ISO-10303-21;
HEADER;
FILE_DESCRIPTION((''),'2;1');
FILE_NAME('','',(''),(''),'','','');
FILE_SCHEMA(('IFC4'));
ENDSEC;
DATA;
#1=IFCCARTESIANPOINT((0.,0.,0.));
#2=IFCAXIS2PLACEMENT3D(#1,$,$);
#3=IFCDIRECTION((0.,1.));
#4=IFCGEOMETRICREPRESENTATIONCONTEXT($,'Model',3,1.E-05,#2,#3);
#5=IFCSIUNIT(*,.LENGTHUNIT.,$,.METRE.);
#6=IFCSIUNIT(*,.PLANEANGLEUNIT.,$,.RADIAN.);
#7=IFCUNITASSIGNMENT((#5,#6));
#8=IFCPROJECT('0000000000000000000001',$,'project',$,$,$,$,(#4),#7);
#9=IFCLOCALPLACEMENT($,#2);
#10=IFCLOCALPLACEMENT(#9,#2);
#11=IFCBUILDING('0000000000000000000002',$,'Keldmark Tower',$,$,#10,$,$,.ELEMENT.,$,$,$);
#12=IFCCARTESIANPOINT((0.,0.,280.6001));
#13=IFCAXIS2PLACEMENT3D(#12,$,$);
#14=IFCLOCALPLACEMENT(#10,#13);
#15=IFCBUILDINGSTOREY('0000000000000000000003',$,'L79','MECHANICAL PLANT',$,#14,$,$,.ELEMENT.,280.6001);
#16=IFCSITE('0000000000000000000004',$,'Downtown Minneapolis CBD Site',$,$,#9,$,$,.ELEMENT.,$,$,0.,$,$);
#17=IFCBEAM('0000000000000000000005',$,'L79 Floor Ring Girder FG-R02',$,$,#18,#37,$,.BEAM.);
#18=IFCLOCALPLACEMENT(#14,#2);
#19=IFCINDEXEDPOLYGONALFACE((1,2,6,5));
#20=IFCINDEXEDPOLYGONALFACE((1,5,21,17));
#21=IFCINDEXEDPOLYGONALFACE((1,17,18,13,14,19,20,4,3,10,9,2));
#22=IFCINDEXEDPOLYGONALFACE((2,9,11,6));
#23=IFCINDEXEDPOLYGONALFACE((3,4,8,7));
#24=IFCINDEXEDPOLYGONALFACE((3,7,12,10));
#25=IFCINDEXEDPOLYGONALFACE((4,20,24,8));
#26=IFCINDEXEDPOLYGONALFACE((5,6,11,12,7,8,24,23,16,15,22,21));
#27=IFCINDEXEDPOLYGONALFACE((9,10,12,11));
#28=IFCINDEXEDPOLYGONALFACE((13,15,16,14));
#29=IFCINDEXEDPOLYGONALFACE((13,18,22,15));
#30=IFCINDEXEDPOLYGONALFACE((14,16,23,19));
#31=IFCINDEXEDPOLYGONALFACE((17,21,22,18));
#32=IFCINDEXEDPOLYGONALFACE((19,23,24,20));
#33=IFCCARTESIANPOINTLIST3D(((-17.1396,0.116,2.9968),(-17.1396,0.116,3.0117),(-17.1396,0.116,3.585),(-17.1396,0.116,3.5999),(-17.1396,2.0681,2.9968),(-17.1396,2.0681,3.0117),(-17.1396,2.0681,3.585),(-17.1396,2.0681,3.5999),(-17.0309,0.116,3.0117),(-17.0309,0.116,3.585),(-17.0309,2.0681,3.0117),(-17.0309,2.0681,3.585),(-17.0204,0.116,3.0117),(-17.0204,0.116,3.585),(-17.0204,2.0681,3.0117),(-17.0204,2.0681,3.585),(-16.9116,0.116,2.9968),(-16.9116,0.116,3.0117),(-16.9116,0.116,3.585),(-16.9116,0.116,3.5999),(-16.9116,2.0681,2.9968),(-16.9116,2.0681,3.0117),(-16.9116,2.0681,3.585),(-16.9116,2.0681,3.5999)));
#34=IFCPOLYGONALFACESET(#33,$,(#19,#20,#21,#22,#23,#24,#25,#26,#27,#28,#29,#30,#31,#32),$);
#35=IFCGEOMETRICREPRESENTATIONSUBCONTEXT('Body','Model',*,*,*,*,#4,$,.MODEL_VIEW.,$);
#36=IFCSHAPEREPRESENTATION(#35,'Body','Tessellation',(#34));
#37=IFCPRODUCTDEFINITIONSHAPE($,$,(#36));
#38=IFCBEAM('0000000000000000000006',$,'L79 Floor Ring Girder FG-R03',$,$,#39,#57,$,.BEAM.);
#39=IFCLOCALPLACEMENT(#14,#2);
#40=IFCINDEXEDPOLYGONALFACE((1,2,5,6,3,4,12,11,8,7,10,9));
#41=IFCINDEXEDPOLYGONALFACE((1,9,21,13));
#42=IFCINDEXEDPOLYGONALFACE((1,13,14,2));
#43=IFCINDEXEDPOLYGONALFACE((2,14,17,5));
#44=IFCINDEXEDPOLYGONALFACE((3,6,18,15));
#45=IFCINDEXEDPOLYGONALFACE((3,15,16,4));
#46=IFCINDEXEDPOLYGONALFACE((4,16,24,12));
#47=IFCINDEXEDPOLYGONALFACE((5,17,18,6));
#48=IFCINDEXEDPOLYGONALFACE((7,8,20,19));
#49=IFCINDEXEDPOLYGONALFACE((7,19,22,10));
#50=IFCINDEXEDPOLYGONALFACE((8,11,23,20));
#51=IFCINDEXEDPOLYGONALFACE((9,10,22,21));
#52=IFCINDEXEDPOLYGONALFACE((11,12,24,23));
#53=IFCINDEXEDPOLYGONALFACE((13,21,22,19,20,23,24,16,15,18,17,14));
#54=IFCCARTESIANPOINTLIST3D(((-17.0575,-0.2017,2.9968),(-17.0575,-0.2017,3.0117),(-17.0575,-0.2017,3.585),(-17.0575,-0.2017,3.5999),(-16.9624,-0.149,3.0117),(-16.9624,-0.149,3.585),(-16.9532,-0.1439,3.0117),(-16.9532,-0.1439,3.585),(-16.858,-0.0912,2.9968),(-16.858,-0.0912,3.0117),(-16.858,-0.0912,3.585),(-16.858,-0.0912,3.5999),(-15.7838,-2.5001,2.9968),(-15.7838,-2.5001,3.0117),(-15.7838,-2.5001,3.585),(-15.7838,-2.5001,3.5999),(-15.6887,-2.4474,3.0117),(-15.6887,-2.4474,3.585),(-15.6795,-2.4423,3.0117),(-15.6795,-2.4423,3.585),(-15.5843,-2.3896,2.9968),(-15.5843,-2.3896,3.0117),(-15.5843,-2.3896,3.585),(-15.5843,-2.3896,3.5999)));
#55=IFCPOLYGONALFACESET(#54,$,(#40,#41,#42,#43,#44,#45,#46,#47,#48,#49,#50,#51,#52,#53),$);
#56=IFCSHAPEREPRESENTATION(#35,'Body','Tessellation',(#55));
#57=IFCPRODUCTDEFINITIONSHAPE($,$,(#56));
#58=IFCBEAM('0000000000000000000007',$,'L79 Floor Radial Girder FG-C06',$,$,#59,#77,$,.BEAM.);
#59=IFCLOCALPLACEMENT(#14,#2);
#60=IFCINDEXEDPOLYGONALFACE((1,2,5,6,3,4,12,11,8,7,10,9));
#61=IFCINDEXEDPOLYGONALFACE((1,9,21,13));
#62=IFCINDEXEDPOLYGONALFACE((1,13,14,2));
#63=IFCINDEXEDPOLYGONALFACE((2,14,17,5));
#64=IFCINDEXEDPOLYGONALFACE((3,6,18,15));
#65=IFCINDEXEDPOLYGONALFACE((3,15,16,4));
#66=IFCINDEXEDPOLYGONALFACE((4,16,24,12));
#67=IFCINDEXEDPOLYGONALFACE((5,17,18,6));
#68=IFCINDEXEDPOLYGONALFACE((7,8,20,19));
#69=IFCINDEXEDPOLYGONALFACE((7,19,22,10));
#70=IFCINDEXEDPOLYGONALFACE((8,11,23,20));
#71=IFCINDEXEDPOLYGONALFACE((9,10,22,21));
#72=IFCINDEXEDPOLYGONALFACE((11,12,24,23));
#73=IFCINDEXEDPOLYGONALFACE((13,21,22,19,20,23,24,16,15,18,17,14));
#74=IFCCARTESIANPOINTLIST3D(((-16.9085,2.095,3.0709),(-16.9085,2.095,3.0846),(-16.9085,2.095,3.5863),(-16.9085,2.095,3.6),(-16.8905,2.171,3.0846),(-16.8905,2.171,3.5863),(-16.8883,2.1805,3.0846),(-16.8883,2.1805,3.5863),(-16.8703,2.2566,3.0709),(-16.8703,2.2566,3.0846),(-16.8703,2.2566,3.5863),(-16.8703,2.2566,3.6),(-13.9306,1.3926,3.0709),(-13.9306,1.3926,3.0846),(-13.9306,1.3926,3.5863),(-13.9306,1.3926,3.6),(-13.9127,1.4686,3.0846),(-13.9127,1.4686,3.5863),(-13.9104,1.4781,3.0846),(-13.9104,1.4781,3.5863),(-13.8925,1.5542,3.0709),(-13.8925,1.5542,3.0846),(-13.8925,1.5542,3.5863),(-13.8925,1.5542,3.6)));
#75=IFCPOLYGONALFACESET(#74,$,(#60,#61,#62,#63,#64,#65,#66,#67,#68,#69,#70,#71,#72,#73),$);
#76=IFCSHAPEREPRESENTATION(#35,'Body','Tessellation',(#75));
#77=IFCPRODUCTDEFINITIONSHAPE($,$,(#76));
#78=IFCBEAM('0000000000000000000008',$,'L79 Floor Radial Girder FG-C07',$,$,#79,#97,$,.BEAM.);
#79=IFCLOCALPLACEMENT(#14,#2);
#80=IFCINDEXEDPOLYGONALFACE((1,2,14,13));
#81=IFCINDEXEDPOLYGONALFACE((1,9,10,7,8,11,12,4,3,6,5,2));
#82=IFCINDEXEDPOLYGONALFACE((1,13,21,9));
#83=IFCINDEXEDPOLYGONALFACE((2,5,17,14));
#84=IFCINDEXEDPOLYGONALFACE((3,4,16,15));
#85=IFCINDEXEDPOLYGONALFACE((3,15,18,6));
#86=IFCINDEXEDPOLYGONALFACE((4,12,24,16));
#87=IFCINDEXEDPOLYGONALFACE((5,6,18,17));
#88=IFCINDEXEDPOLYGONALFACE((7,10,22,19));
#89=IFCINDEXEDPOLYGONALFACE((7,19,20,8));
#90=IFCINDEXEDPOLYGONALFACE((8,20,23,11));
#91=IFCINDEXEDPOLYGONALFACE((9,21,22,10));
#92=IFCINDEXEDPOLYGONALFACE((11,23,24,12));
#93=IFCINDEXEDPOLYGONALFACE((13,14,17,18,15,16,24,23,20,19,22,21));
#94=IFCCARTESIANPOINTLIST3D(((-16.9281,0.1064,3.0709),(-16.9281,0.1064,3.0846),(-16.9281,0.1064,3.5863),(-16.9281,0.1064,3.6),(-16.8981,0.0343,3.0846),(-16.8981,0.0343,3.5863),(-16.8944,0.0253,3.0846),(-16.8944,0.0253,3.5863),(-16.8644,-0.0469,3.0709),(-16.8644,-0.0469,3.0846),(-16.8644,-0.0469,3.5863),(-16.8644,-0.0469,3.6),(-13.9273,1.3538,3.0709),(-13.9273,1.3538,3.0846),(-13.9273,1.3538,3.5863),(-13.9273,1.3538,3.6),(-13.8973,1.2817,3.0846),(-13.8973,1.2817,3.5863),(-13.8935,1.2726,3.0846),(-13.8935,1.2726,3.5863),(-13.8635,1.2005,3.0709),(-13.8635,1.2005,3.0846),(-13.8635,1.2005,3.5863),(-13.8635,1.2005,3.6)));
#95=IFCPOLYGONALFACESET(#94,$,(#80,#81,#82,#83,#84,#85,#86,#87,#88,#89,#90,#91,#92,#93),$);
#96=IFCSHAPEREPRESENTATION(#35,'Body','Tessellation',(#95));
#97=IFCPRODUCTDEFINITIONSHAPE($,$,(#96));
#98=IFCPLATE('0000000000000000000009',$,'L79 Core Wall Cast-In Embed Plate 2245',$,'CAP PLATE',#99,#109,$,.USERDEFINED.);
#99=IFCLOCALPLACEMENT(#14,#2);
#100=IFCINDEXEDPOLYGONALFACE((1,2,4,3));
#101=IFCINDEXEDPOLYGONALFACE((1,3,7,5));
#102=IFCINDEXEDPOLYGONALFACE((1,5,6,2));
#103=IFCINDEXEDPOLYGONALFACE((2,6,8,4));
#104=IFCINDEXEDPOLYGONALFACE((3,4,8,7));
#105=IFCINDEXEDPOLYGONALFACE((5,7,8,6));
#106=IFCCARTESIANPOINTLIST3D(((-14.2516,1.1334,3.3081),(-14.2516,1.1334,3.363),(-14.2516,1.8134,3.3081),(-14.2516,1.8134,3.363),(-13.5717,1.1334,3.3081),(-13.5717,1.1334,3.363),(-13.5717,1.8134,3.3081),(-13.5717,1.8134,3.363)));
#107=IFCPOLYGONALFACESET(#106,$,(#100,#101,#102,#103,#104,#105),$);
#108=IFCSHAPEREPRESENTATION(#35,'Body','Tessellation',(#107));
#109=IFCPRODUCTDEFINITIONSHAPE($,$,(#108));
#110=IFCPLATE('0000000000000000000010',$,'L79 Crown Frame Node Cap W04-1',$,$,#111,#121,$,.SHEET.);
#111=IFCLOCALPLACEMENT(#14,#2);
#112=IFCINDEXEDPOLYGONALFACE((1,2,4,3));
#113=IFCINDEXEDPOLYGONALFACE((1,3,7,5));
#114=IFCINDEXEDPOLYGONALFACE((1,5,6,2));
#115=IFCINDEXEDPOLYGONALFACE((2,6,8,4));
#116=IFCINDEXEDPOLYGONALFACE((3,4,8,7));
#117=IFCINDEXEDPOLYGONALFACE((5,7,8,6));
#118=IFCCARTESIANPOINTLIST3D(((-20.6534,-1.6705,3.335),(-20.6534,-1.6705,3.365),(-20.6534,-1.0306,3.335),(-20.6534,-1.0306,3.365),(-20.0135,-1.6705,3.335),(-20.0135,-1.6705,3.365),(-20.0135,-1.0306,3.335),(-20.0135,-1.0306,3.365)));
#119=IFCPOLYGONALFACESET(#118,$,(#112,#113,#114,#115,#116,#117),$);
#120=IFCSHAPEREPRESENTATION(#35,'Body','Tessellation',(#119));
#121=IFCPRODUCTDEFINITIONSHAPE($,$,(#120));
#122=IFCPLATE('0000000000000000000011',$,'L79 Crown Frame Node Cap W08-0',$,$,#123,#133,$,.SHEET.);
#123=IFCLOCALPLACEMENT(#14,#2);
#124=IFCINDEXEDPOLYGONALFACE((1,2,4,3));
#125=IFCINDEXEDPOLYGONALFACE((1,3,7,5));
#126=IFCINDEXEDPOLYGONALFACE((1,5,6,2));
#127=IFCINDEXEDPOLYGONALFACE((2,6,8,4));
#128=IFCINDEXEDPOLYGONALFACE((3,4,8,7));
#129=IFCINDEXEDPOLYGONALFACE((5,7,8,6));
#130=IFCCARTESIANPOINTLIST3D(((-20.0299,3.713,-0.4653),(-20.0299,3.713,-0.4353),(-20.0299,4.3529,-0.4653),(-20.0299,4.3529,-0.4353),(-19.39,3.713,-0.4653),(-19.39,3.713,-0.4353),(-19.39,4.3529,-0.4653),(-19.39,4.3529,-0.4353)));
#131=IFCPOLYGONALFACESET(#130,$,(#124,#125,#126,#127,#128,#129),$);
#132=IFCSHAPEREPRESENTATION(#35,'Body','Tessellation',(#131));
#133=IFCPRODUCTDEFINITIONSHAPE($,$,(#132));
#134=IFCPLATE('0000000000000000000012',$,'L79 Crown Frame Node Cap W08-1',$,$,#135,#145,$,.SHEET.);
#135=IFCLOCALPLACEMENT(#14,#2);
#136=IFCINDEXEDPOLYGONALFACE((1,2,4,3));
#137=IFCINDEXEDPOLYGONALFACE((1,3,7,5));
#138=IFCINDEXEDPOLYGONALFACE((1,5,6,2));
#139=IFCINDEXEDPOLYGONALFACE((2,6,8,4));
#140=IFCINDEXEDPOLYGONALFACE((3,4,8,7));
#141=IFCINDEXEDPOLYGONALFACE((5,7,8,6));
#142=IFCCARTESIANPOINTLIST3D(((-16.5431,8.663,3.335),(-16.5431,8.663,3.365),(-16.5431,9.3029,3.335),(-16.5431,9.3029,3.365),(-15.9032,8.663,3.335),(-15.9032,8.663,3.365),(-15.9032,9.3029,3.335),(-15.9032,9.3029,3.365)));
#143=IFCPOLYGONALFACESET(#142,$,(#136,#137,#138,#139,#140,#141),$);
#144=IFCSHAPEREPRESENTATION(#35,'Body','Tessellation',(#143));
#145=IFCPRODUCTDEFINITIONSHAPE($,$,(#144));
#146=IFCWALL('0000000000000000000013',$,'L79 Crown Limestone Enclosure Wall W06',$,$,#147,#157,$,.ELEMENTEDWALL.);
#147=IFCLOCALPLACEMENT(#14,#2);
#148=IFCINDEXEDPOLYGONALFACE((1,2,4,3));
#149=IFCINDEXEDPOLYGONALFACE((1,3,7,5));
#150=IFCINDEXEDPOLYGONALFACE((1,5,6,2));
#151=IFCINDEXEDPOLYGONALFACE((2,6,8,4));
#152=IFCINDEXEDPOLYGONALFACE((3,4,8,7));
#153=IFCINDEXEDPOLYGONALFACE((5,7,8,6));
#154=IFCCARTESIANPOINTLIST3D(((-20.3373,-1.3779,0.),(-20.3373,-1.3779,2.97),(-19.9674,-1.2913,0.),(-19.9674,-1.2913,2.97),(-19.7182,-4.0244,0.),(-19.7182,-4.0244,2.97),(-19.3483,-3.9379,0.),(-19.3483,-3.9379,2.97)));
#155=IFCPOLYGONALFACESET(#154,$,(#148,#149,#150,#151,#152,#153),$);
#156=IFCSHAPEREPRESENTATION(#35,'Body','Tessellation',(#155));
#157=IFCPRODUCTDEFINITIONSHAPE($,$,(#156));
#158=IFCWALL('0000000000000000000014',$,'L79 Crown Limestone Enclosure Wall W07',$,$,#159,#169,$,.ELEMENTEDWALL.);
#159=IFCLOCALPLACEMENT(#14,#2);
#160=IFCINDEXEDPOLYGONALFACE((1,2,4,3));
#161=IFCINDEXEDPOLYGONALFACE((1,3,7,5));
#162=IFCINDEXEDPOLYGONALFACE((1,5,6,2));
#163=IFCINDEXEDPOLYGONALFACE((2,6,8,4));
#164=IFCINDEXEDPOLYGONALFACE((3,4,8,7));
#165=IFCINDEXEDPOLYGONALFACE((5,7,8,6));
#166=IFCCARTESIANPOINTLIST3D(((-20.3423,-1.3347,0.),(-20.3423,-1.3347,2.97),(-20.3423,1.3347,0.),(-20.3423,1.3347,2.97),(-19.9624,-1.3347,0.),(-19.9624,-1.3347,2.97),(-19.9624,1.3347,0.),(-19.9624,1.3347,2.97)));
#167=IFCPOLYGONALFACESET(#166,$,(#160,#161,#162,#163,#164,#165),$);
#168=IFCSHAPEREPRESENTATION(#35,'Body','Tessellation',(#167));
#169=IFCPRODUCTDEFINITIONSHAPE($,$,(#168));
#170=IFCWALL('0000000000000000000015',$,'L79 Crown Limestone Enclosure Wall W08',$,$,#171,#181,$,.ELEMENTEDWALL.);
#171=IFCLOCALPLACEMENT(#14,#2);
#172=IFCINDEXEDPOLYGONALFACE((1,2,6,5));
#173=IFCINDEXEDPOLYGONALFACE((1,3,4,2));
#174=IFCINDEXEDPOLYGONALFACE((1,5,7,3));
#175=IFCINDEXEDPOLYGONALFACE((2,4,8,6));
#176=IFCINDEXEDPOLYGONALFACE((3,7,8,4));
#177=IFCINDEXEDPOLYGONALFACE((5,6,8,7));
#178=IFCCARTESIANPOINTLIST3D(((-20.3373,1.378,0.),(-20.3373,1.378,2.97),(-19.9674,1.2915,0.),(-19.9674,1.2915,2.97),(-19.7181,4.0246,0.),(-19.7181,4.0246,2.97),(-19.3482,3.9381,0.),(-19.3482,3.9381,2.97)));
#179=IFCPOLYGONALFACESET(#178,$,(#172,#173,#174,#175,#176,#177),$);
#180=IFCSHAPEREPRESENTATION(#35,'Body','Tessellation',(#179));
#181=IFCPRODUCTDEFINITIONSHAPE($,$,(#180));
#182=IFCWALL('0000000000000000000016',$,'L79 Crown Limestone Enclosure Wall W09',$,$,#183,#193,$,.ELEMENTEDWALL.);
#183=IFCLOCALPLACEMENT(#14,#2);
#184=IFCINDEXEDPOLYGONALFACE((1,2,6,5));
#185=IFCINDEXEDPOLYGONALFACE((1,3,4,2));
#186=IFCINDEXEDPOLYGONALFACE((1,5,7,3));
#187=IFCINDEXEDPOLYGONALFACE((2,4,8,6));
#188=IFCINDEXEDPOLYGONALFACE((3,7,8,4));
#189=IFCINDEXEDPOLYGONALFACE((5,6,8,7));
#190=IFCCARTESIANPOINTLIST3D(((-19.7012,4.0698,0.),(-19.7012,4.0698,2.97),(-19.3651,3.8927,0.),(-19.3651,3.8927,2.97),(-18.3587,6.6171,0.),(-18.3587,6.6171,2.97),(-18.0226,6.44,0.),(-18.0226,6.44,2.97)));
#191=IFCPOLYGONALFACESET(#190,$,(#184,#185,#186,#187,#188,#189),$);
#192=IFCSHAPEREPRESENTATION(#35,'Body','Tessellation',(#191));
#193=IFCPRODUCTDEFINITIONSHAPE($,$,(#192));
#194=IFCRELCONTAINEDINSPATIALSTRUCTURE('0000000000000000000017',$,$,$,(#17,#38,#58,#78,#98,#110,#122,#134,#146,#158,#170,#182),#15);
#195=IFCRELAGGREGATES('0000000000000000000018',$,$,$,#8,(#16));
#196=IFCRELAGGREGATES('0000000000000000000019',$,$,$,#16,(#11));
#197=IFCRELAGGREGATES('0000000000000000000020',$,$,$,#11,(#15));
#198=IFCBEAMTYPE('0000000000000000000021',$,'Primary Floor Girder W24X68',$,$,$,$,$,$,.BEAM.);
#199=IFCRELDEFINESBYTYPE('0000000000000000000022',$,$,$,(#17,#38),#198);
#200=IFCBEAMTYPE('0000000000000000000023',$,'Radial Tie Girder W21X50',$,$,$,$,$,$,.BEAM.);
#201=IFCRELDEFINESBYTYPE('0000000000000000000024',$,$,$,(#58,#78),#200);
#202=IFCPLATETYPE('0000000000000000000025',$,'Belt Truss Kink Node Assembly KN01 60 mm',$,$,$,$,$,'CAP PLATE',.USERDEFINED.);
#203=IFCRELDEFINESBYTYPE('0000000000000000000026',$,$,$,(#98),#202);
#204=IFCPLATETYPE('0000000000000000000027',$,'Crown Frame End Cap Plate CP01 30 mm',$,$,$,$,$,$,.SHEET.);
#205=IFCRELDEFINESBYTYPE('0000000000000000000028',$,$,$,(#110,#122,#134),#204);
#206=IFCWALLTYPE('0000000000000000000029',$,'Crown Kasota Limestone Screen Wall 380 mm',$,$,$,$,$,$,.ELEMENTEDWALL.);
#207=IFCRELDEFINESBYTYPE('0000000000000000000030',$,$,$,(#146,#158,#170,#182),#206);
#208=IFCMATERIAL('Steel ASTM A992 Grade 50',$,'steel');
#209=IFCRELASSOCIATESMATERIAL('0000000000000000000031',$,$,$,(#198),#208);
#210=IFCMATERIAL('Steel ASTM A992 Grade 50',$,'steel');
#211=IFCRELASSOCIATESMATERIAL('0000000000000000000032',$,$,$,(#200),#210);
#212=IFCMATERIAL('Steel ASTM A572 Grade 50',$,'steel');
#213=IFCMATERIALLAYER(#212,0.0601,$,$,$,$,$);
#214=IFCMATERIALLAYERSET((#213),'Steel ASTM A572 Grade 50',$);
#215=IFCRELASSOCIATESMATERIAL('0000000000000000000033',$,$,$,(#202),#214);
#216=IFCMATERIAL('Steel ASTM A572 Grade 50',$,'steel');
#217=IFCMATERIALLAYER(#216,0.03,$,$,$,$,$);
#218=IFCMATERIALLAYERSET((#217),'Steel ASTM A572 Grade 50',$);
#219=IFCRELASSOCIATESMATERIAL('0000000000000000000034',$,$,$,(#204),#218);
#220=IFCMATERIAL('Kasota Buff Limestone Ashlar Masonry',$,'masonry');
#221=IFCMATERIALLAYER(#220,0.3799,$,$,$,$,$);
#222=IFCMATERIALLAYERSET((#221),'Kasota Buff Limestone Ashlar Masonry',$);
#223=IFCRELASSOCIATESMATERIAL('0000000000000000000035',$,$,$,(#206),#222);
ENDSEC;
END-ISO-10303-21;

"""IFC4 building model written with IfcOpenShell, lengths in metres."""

from ifc_helpers import new_model, si_unit, direction, frame, frame_2d, origin, origin_2d, place, context, subcontext, project, spatial, rectangle, i_section, extrude, material, layer, layer_set, material_profile, profile_set, type_object, element, save


model = new_model("IFC4")

# Units and contexts
model_context = context("Model", 3, precision=1e-05, world=origin(), true_north=direction((0.0, 1.0)))
body_context = subcontext(model_context, "Body", "Model", "MODEL_VIEW")
ifc_project = project(units=[si_unit("LENGTHUNIT", "METRE"), si_unit("PLANEANGLEUNIT", "RADIAN")], contexts=[model_context])

# Site, building, storey
site_placement = place(None, origin())
site = spatial("IfcSite", under=ifc_project, at=site_placement, Name="Downtown Minneapolis CBD Site", CompositionType="ELEMENT", RefElevation=0.0)
building_placement = place(site_placement, origin())
building = spatial("IfcBuilding", under=site, at=building_placement, Name="Keldmark Tower", CompositionType="ELEMENT")
storey_placement = place(building_placement, frame((0.0, 0.0, 280.6001)))
storey = spatial("IfcBuildingStorey", under=building, at=storey_placement, Name="L79", Description="MECHANICAL PLANT", CompositionType="ELEMENT", Elevation=280.6001)

# Beams
ifc_material_1 = material(Name="Steel ASTM A992 Grade 50", Category="steel")
ifc_material_profile_1 = material_profile(ifc_material_1, i_section(OverallWidth=0.228, OverallDepth=0.603, WebThickness=0.0105, FlangeThickness=0.0149, at=origin_2d()), Name="W24X68")
ifc_profile_set_1 = profile_set([ifc_material_profile_1], Name="Steel ASTM A992 Grade 50")
beam_type_1 = type_object("IfcBeamType", Name="Primary Floor Girder W24X68", PredefinedType="BEAM", material=ifc_profile_set_1)
beam_1_placement = place(storey_placement, frame((-17.0256, 2.0681, 3.2983), z_axis=(0.0, -1.0, 0.0), x_axis=(1.0, 0.0, 0.0)))
element("IfcBeam", 1, at=beam_1_placement, inside=storey, type_object=beam_type_1, Name="L79 Floor Ring Girder FG-R02", PredefinedType="BEAM", context=body_context, shape_type="SweptSolid", body=[
    extrude(i_section(OverallWidth=0.228, OverallDepth=0.603, WebThickness=0.0105, FlangeThickness=0.0149, at=origin_2d()), origin(), (0.0, 0.0, 1.0), 1.9521),
])
beam_2_placement = place(storey_placement, frame((-16.9578, -0.1465, 3.2983), z_axis=(0.48472, -0.87467, 0.0), x_axis=(0.87467, 0.48472, 0.0)))
element("IfcBeam", 2, at=beam_2_placement, inside=storey, type_object=beam_type_1, Name="L79 Floor Ring Girder FG-R03", PredefinedType="BEAM", context=body_context, shape_type="SweptSolid", body=[
    extrude(i_section(OverallWidth=0.228, OverallDepth=0.603, WebThickness=0.0105, FlangeThickness=0.0149, at=origin_2d()), origin(), (0.0, 0.0, 1.0), 2.6277),
])
ifc_material_2 = material(Name="Steel ASTM A992 Grade 50", Category="steel")
ifc_material_profile_2 = material_profile(ifc_material_2, i_section(OverallWidth=0.166, OverallDepth=0.5291, WebThickness=0.0098, FlangeThickness=0.0137, at=origin_2d()), Name="W21X50")
ifc_profile_set_2 = profile_set([ifc_material_profile_2], Name="Steel ASTM A992 Grade 50")
beam_type_2 = type_object("IfcBeamType", Name="Radial Tie Girder W21X50", PredefinedType="BEAM", material=ifc_profile_set_2)
beam_3_placement = place(storey_placement, frame((-16.8894, 2.1758, 3.3354), z_axis=(0.97329, -0.229577, 0.0), x_axis=(0.229577, 0.97329, 0.0)))
element("IfcBeam", 3, at=beam_3_placement, inside=storey, type_object=beam_type_2, Name="L79 Floor Radial Girder FG-C06", PredefinedType="BEAM", context=body_context, shape_type="SweptSolid", body=[
    extrude(i_section(OverallWidth=0.166, OverallDepth=0.5291, WebThickness=0.0098, FlangeThickness=0.0137, at=origin_2d()), origin(), (0.0, 0.0, 1.0), 3.0596),
])
beam_4_placement = place(storey_placement, frame((-16.8962, 0.0298, 3.3354), z_axis=(0.923403, 0.383831, 0.0), x_axis=(-0.383831, 0.923403, 0.0)))
element("IfcBeam", 4, at=beam_4_placement, inside=storey, type_object=beam_type_2, Name="L79 Floor Radial Girder FG-C07", PredefinedType="BEAM", context=body_context, shape_type="SweptSolid", body=[
    extrude(i_section(OverallWidth=0.166, OverallDepth=0.5291, WebThickness=0.0098, FlangeThickness=0.0137, at=origin_2d()), origin(), (0.0, 0.0, 1.0), 3.2498),
])

# Plates
ifc_material_3 = material(Name="Steel ASTM A572 Grade 50", Category="steel")
ifc_layer_1 = layer(ifc_material_3, 0.0601)
ifc_layer_set_1 = layer_set([ifc_layer_1], Name="Steel ASTM A572 Grade 50")
plate_type_1 = type_object("IfcPlateType", Name="Belt Truss Kink Node Assembly KN01 60 mm", ElementType="CAP PLATE", PredefinedType="USERDEFINED", material=ifc_layer_set_1)
plate_placement = place(storey_placement, frame((-13.9116, 1.4734, 3.3081), z_axis=(0.0, 0.0, 1.0), x_axis=(1.0, 0.0, 0.0)))
element("IfcPlate", 5, at=plate_placement, inside=storey, type_object=plate_type_1, Name="L79 Core Wall Cast-In Embed Plate 2245", ObjectType="CAP PLATE", PredefinedType="USERDEFINED", context=body_context, shape_type="SweptSolid", body=[
    extrude(rectangle(XDim=0.6799, YDim=0.6799, at=origin_2d()), origin(), (0.0, 0.0, 1.0), 0.0549),
])
ifc_material_4 = material(Name="Steel ASTM A572 Grade 50", Category="steel")
ifc_layer_2 = layer(ifc_material_4, 0.03)
ifc_layer_set_2 = layer_set([ifc_layer_2], Name="Steel ASTM A572 Grade 50")
plate_type_2 = type_object("IfcPlateType", Name="Crown Frame End Cap Plate CP01 30 mm", PredefinedType="SHEET", material=ifc_layer_set_2)
for number, where, z_axis, x_axis, name in (
    (6, (-20.3335, -1.3506, 3.335), (0.0, 0.0, 1.0), (1.0, 0.0, 0.0), "L79 Crown Frame Node Cap W04-1"),
    (7, (-19.71, 4.033, -0.4653), (0.0, 0.0, 1.0), (1.0, 0.0, 0.0), "L79 Crown Frame Node Cap W08-0"),
    (8, (-16.2231, 8.9829, 3.335), (0.0, 0.0, 1.0), (1.0, 0.0, 0.0), "L79 Crown Frame Node Cap W08-1"),
):
    element("IfcPlate", number, at=place(storey_placement, frame(where, z_axis=z_axis, x_axis=x_axis)), inside=storey, type_object=plate_type_2, Name=name, PredefinedType="SHEET", context=body_context, shape_type="SweptSolid", body=[
        extrude(rectangle(XDim=0.6399, YDim=0.6399, at=origin_2d()), origin(), (0.0, 0.0, 1.0), 0.03),
    ])

# Walls
ifc_material_5 = material(Name="Kasota Buff Limestone Ashlar Masonry", Category="masonry")
ifc_layer_3 = layer(ifc_material_5, 0.3799)
ifc_layer_set_3 = layer_set([ifc_layer_3], Name="Kasota Buff Limestone Ashlar Masonry")
wall_type_1 = type_object("IfcWallType", Name="Crown Kasota Limestone Screen Wall 380 mm", PredefinedType="ELEMENTEDWALL", material=ifc_layer_set_3)
wall_1_placement = place(storey_placement, frame((-20.1523, -1.3347, 0.0), z_axis=(0.0, 0.0, 1.0), x_axis=(0.227797, -0.973709, 0.0)))
element("IfcWall", 9, at=wall_1_placement, inside=storey, type_object=wall_type_1, Name="L79 Crown Limestone Enclosure Wall W06", PredefinedType="ELEMENTEDWALL", context=body_context, shape_type="SweptSolid", body=[
    extrude(rectangle(XDim=2.718, YDim=0.3799, at=frame_2d((1.3589, 0.0))), origin(), (0.0, 0.0, 1.0), 2.97),
])
wall_2_placement = place(storey_placement, frame((-20.1523, 1.3347, 0.0), z_axis=(0.0, 0.0, 1.0), x_axis=(0.0, -1.0, 0.0)))
element("IfcWall", 10, at=wall_2_placement, inside=storey, type_object=wall_type_1, Name="L79 Crown Limestone Enclosure Wall W07", PredefinedType="ELEMENTEDWALL", context=body_context, shape_type="SweptSolid", body=[
    extrude(rectangle(XDim=2.6694, YDim=0.3799, at=frame_2d((1.3347, 0.0))), origin(), (0.0, 0.0, 1.0), 2.97),
])
wall_3_placement = place(storey_placement, frame((-19.5332, 3.9812, 0.0), z_axis=(0.0, 0.0, 1.0), x_axis=(-0.227797, -0.973709, 0.0)))
element("IfcWall", 11, at=wall_3_placement, inside=storey, type_object=wall_type_1, Name="L79 Crown Limestone Enclosure Wall W08", PredefinedType="ELEMENTEDWALL", context=body_context, shape_type="SweptSolid", body=[
    extrude(rectangle(XDim=2.718, YDim=0.3799, at=frame_2d((1.3589, 0.0))), origin(), (0.0, 0.0, 1.0), 2.97),
])
wall_4_placement = place(storey_placement, frame((-18.1907, 6.5286, 0.0), z_axis=(0.0, 0.0, 1.0), x_axis=(-0.466239, -0.884659, 0.0)))
element("IfcWall", 12, at=wall_4_placement, inside=storey, type_object=wall_type_1, Name="L79 Crown Limestone Enclosure Wall W09", PredefinedType="ELEMENTEDWALL", context=body_context, shape_type="SweptSolid", body=[
    extrude(rectangle(XDim=2.8794, YDim=0.3799, at=frame_2d((1.4397, 0.0))), origin(), (0.0, 0.0, 1.0), 2.97),
])

save(model, "model.ifc")
